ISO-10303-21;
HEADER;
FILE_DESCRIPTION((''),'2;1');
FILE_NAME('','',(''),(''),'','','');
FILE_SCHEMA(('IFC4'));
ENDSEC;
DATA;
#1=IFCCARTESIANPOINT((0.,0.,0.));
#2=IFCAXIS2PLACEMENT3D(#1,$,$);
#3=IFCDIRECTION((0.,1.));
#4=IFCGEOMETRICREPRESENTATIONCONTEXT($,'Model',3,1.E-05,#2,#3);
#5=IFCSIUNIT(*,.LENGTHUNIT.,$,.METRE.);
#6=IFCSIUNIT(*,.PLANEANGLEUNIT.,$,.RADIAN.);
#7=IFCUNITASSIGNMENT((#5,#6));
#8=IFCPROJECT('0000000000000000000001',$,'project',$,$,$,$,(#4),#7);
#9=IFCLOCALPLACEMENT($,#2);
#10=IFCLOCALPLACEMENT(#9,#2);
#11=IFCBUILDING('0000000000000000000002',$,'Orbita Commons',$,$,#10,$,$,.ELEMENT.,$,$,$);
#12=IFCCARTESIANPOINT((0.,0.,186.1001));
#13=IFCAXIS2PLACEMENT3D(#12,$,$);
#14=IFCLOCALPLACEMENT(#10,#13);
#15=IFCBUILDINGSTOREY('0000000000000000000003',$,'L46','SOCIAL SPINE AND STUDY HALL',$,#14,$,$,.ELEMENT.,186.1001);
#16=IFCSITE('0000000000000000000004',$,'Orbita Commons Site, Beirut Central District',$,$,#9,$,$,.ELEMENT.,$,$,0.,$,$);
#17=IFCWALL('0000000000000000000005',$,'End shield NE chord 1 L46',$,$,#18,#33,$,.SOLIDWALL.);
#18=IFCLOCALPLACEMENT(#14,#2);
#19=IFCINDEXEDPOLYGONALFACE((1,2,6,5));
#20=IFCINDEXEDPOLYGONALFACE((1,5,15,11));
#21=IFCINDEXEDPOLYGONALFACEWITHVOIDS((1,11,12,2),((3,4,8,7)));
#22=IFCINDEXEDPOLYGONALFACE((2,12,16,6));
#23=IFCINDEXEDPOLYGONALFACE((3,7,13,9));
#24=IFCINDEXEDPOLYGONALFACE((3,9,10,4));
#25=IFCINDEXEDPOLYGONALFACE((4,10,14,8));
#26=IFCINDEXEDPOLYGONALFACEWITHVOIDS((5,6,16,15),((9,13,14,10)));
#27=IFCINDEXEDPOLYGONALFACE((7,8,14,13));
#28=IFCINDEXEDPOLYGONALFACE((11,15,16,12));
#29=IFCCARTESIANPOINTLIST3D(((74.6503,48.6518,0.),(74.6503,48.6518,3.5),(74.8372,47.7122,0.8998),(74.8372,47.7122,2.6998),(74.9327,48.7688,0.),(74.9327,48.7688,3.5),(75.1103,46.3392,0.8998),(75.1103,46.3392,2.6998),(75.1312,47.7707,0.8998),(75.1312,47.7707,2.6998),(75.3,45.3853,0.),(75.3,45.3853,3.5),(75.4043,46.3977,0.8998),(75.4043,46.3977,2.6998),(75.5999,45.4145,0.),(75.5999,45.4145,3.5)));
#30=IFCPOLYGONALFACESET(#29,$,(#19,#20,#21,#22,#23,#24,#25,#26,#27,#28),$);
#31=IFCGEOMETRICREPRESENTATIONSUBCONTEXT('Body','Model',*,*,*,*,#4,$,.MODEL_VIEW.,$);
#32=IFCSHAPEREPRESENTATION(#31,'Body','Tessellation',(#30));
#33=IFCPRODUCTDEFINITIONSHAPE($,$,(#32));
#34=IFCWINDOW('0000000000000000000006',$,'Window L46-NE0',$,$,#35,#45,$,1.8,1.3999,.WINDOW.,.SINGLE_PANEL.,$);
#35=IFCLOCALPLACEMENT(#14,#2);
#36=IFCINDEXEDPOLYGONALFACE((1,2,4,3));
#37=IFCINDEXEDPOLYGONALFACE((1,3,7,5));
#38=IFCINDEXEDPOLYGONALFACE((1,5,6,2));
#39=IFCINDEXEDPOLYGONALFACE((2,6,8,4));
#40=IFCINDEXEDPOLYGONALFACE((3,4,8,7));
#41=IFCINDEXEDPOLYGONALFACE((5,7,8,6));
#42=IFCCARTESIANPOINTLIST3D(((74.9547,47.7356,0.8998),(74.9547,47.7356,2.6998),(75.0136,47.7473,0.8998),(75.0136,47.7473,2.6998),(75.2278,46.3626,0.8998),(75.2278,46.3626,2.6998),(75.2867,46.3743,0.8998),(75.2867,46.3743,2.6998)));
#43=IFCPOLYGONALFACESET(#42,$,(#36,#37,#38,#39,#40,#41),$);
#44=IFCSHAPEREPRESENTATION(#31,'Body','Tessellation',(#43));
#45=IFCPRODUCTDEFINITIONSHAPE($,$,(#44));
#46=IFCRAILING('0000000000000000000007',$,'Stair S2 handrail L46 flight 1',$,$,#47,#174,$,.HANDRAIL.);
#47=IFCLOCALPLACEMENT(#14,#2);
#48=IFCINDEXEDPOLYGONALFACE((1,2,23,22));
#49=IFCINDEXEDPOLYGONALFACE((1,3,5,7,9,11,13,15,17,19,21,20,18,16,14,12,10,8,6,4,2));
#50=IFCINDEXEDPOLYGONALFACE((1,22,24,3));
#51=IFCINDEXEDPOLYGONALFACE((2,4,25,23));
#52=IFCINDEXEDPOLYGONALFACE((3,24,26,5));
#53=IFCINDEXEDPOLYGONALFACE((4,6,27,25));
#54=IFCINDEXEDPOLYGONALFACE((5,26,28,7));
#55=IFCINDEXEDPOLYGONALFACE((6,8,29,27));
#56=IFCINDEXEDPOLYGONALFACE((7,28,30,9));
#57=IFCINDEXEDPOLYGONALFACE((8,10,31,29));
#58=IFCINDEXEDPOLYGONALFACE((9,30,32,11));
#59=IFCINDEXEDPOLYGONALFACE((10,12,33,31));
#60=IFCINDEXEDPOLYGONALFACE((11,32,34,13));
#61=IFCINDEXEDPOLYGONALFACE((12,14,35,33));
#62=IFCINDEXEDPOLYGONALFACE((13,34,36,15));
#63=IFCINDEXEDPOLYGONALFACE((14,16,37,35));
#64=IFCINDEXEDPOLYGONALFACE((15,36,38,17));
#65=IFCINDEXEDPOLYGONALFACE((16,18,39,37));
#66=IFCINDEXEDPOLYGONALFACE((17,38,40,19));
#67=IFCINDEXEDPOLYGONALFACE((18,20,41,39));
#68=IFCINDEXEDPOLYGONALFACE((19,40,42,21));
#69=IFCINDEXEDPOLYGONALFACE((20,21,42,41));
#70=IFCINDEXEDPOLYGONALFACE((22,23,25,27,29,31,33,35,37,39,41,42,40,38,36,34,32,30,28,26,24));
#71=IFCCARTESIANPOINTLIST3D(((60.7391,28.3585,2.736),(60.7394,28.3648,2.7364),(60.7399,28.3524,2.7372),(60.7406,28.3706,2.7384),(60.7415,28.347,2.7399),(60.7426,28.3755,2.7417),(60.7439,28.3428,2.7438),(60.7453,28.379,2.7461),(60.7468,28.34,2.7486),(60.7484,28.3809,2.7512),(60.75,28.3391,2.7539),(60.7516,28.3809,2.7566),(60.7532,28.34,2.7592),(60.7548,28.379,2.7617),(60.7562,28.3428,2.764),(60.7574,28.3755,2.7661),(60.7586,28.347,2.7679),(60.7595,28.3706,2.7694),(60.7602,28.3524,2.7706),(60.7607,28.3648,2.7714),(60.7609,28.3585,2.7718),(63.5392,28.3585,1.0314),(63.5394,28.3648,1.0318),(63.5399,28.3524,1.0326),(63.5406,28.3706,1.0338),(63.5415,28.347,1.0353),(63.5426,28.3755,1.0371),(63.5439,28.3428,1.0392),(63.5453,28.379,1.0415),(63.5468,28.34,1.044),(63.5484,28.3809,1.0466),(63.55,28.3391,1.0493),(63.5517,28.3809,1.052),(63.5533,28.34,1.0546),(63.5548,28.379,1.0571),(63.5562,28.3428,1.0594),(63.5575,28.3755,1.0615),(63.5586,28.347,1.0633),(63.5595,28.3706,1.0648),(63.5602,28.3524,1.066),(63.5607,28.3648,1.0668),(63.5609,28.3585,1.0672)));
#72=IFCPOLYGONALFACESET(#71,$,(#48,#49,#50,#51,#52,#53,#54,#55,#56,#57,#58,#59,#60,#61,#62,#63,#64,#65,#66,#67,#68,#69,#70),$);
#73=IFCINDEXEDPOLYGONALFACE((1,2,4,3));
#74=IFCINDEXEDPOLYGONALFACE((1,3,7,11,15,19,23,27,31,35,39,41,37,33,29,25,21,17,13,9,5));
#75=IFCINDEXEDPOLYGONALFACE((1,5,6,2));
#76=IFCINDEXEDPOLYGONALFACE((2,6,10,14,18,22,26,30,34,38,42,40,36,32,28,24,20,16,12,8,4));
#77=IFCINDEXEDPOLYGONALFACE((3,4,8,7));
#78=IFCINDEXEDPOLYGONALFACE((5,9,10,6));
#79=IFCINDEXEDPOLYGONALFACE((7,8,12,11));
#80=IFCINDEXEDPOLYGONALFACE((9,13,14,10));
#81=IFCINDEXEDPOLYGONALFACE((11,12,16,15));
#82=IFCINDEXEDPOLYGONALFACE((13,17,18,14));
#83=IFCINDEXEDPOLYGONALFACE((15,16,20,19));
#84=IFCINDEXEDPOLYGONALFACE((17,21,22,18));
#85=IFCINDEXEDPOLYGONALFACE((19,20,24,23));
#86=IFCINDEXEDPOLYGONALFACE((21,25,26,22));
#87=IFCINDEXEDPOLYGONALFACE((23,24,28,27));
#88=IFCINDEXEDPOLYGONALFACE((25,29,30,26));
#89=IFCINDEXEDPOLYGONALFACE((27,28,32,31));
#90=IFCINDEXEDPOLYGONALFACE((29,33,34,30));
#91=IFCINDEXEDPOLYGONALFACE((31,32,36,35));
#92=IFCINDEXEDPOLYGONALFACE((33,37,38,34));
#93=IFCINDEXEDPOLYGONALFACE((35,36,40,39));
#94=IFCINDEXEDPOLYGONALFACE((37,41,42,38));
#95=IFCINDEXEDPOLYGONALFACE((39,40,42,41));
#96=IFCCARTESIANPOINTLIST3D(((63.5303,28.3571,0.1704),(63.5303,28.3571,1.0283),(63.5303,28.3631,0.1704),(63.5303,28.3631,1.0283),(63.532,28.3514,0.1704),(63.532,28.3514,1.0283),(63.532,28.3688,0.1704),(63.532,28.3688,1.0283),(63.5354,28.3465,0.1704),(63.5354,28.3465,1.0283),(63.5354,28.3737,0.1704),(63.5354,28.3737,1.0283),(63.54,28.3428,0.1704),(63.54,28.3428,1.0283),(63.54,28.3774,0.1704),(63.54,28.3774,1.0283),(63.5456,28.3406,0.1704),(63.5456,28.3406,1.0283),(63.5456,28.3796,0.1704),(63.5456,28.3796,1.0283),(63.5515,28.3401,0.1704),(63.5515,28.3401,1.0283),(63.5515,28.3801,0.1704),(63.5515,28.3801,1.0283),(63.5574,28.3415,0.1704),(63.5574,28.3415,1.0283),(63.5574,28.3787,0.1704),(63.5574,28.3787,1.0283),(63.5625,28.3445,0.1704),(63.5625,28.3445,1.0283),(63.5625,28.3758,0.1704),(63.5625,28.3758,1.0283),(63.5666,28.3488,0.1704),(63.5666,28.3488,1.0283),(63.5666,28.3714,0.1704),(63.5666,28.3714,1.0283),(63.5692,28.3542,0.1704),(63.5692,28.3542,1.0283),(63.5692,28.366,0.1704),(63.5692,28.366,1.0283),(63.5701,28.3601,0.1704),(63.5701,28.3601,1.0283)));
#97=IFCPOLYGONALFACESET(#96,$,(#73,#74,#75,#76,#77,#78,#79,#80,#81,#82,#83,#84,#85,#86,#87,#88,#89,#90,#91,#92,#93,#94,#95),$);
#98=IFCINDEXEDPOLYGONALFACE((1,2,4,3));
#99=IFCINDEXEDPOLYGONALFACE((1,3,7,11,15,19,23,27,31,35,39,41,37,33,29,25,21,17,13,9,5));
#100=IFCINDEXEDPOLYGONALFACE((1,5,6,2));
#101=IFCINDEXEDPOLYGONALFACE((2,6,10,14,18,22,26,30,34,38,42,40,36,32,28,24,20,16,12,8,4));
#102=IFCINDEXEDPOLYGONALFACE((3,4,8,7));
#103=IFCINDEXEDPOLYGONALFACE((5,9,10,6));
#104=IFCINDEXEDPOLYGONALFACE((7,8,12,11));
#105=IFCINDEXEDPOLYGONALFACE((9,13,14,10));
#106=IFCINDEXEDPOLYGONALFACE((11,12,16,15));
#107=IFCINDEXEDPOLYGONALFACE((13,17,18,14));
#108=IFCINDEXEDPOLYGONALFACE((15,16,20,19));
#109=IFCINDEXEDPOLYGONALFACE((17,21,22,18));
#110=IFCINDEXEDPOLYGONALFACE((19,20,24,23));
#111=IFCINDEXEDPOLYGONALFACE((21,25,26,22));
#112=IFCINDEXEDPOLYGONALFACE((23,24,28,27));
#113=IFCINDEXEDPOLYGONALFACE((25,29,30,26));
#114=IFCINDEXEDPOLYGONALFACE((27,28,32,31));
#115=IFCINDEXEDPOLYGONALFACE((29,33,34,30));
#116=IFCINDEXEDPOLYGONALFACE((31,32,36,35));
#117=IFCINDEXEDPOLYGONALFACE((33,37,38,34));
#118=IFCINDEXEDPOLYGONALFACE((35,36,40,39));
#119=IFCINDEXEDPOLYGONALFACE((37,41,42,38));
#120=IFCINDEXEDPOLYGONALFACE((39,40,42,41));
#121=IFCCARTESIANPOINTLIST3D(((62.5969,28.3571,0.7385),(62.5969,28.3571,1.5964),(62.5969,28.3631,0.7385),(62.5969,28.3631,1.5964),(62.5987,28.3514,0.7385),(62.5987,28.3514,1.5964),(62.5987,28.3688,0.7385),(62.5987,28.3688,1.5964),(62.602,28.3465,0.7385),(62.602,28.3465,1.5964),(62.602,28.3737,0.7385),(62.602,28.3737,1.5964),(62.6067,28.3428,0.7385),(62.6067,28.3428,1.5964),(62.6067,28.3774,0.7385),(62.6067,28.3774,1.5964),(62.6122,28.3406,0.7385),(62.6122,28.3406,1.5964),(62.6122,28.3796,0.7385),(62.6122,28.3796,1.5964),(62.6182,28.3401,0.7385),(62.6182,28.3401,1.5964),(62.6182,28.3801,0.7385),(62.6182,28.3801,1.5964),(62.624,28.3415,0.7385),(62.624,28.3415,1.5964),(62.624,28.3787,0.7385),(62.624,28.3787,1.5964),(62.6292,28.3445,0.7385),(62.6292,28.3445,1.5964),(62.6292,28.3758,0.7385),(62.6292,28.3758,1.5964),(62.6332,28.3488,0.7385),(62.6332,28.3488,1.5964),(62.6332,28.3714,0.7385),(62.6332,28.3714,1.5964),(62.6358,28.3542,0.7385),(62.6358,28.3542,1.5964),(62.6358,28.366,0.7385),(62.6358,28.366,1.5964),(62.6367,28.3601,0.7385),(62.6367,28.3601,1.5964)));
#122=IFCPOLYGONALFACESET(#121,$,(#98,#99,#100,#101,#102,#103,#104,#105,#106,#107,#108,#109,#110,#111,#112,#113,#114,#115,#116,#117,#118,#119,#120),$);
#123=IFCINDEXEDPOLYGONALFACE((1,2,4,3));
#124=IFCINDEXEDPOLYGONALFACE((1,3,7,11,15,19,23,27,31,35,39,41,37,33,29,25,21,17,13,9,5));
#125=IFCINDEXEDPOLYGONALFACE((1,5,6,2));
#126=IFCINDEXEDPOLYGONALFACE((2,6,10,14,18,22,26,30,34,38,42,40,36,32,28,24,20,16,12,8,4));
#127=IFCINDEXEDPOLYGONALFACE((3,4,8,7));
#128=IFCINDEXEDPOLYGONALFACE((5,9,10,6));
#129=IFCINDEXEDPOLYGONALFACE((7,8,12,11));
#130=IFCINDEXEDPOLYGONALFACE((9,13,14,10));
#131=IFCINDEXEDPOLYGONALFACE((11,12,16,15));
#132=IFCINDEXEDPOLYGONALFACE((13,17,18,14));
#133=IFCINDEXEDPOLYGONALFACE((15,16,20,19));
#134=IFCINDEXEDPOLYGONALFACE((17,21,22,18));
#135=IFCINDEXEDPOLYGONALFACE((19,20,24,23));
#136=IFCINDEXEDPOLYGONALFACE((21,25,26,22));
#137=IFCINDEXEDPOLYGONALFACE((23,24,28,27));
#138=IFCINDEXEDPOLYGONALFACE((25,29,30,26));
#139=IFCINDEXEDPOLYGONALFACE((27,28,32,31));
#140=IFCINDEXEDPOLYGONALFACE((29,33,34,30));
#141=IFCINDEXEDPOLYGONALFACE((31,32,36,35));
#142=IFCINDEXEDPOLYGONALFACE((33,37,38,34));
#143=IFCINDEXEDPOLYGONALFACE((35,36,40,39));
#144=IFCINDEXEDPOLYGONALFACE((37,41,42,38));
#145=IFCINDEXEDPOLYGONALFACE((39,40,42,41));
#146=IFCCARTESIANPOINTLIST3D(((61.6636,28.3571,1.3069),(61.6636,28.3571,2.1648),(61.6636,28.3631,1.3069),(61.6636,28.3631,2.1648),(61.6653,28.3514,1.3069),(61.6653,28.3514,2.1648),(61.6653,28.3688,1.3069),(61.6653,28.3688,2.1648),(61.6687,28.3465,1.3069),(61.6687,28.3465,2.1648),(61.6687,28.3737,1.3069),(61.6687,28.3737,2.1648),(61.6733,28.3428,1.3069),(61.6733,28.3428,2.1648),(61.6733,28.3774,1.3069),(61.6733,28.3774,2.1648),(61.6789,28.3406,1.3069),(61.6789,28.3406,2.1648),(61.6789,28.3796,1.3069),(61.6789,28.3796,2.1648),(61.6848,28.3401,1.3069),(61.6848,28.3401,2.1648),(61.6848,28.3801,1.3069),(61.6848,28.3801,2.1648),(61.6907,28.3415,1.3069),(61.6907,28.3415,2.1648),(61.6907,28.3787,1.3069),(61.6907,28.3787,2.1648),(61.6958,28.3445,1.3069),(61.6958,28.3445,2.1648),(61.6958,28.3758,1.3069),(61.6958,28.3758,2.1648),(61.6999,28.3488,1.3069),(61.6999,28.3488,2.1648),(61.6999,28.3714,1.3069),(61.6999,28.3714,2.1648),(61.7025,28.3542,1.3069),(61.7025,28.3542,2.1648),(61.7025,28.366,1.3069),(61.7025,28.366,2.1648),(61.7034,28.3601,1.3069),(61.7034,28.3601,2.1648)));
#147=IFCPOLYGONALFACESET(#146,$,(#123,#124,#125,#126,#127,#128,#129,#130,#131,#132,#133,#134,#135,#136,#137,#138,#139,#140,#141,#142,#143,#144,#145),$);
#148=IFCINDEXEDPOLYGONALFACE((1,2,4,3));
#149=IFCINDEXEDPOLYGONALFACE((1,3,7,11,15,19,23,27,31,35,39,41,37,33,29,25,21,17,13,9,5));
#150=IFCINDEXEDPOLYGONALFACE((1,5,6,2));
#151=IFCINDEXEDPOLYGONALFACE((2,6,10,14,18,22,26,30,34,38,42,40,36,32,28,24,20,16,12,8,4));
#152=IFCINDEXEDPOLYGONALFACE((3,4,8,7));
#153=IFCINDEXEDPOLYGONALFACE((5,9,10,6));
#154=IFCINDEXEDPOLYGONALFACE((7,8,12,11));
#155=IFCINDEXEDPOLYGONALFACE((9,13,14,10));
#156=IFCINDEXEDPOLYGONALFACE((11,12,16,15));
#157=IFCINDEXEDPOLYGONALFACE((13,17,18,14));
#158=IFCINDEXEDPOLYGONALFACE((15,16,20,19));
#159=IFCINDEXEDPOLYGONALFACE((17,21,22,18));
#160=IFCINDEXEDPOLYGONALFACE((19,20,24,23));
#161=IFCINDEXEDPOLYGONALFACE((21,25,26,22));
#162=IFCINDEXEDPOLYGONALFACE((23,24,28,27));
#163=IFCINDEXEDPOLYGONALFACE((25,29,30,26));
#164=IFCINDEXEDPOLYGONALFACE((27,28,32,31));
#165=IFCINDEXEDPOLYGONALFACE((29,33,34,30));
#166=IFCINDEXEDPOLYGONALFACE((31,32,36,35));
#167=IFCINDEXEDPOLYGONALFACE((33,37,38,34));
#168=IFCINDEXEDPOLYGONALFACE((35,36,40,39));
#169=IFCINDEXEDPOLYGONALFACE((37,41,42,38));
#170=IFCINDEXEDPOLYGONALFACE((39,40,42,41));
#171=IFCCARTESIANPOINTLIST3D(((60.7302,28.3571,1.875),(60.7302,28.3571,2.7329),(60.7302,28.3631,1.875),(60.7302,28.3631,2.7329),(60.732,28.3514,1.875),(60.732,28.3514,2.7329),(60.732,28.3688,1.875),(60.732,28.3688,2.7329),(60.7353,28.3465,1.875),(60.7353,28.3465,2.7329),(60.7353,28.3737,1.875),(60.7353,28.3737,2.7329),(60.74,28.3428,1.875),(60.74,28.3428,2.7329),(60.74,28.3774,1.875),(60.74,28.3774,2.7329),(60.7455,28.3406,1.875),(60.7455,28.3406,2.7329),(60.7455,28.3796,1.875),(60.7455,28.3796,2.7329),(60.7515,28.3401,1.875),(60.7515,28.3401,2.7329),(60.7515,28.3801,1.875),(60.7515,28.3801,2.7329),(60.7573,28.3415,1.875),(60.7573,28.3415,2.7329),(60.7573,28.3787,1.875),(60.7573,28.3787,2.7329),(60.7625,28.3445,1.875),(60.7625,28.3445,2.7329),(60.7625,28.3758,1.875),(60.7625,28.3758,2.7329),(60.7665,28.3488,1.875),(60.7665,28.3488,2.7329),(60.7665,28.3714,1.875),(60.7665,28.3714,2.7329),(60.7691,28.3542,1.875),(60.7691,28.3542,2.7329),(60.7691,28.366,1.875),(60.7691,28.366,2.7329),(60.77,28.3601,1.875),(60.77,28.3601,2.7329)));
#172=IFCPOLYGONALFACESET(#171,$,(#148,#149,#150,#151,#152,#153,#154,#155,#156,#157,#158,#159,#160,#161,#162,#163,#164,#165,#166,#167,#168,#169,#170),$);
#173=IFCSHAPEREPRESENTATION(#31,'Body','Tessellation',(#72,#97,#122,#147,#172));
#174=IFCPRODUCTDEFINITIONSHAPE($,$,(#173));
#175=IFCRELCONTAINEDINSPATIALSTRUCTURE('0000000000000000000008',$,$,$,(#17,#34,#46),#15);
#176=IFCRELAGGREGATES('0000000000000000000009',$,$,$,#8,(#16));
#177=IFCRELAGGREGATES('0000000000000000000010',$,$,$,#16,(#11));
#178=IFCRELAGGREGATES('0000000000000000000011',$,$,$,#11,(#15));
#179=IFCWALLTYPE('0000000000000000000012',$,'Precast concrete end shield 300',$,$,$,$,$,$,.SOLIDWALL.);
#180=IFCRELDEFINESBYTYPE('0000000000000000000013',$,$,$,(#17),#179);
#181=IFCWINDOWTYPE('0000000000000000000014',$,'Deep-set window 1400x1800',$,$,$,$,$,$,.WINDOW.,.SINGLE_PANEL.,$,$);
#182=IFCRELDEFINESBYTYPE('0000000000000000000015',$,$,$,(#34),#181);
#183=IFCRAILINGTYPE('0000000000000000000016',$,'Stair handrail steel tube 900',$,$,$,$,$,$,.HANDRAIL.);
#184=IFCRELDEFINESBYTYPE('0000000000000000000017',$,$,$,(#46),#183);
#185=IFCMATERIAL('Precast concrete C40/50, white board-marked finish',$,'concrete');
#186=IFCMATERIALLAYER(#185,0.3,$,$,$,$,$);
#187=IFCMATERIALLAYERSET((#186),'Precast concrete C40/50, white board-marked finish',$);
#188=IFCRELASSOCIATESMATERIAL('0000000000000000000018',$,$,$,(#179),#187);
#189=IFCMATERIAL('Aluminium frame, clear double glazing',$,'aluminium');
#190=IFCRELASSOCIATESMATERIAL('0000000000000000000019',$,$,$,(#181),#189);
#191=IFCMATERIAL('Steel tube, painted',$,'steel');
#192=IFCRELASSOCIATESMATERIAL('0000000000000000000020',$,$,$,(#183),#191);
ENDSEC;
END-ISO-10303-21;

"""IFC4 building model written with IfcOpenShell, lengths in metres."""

from ifc_helpers import new_model, si_unit, direction, frame, frame_2d, origin, origin_2d, place, context, subcontext, project, spatial, polyline, rectangle, circle, outline, extrude, material, layer, layer_set, type_object, element, fill, save


model = new_model("IFC4")

# Units and contexts
model_context = context("Model", 3, precision=1e-05, world=origin(), true_north=direction((0.0, 1.0)))
body_context = subcontext(model_context, "Body", "Model", "MODEL_VIEW")
ifc_project = project(units=[si_unit("LENGTHUNIT", "METRE"), si_unit("PLANEANGLEUNIT", "RADIAN")], contexts=[model_context])

# Site, building, storey
site_placement = place(None, origin())
site = spatial("IfcSite", under=ifc_project, at=site_placement, Name="Orbita Commons Site, Beirut Central District", CompositionType="ELEMENT", RefElevation=0.0)
building_placement = place(site_placement, origin())
building = spatial("IfcBuilding", under=site, at=building_placement, Name="Orbita Commons", CompositionType="ELEMENT")
storey_placement = place(building_placement, frame((0.0, 0.0, 186.1001)))
storey = spatial("IfcBuildingStorey", under=building, at=storey_placement, Name="L46", Description="SOCIAL SPINE AND STUDY HALL", CompositionType="ELEMENT", Elevation=186.1001)

# Wall, opening, window
ifc_material_1 = material(Name="Precast concrete C40/50, white board-marked finish", Category="concrete")
ifc_layer_1 = layer(ifc_material_1, 0.3)
ifc_layer_set_1 = layer_set([ifc_layer_1], Name="Precast concrete C40/50, white board-marked finish")
wall_type_1 = type_object("IfcWallType", Name="Precast concrete end shield 300", PredefinedType="SOLIDWALL", material=ifc_layer_set_1)
wall_1_placement = place(storey_placement, frame((75.45, 45.3999, 0.0), z_axis=(0.0, 0.0, 1.0), x_axis=(-0.195087, 0.980786, 0.0)))
wall_1 = element("IfcWall", 1, at=wall_1_placement, inside=storey, type_object=wall_type_1, Name="End shield NE chord 1 L46", PredefinedType="SOLIDWALL", context=body_context, shape_type="SweptSolid", body=[
    extrude(outline(polyline([(-0.0149, -0.1499), (3.405, -0.1499), (3.3455, 0.1499), (0.0149, 0.1499), (-0.0149, -0.1499)])), origin(), (0.0, 0.0, 1.0), 3.5),
])
opening_1_placement = place(wall_1_placement, frame((0.9875, 0.0, 0.8999)))
opening_1 = element("IfcOpeningElement", 2, at=opening_1_placement, cuts=wall_1, PredefinedType="OPENING", context=body_context, shape_type="SweptSolid", body=[
    extrude(rectangle(XDim=1.3999, YDim=1.8, at=frame_2d((0.7, 0.8999))), frame((0.0, 0.1599, 0.0), z_axis=(0.0, -1.0, 0.0), x_axis=(1.0, 0.0, 0.0)), (0.0, 0.0, 1.0), 0.3201),
])
ifc_material_2 = material(Name="Aluminium frame, clear double glazing", Category="aluminium")
window_type = type_object("IfcWindowType", Name="Deep-set window 1400x1800", PartitioningType="SINGLE_PANEL", PredefinedType="WINDOW", material=ifc_material_2)
window_placement = place(opening_1_placement, origin())
window = element("IfcWindow", 3, at=window_placement, inside=storey, type_object=window_type, Name="Window L46-NE0", OverallHeight=1.8, OverallWidth=1.3999, PartitioningType="SINGLE_PANEL", PredefinedType="WINDOW", context=body_context, shape_type="SweptSolid", body=[
    extrude(rectangle(XDim=1.3999, YDim=1.8, at=frame_2d((0.7, 0.8999))), frame((0.0, 0.03, 0.0), z_axis=(0.0, -1.0, 0.0), x_axis=(1.0, 0.0, 0.0)), (0.0, 0.0, 1.0), 0.0601),
])
fill(opening_1, window)

# Railing
ifc_material_3 = material(Name="Steel tube, painted", Category="steel")
railing_type = type_object("IfcRailingType", Name="Stair handrail steel tube 900", PredefinedType="HANDRAIL", material=ifc_material_3)
for number, where, name in (
    (4, (63.55, 28.3601, 0.1704), "Stair S2 handrail L46 flight 1"),
):
    element("IfcRailing", number, at=place(storey_placement, frame(where)), inside=storey, type_object=railing_type, Name=name, PredefinedType="HANDRAIL", context=body_context, shape_type="SweptSolid", body=[
        extrude(circle(Radius=0.021, at=origin_2d()), frame((0.0, 0.0, 0.8789), z_axis=(-0.85417, 0.0, 0.519994), x_axis=(0.0, -1.0, 0.0)), (0.0, 0.0, 1.0), 3.2781),
        extrude(circle(Radius=0.02, at=origin_2d()), origin(), (0.0, 0.0, 1.0), 0.8579),
        extrude(circle(Radius=0.02, at=origin_2d()), frame((-0.9333, 0.0, 0.5681)), (0.0, 0.0, 1.0), 0.8579),
        extrude(circle(Radius=0.02, at=origin_2d()), frame((-1.8667, 0.0, 1.1365)), (0.0, 0.0, 1.0), 0.8579),
        extrude(circle(Radius=0.02, at=origin_2d()), frame((-2.8, 0.0, 1.7046)), (0.0, 0.0, 1.0), 0.8579),
    ])

save(model, "model.ifc")
